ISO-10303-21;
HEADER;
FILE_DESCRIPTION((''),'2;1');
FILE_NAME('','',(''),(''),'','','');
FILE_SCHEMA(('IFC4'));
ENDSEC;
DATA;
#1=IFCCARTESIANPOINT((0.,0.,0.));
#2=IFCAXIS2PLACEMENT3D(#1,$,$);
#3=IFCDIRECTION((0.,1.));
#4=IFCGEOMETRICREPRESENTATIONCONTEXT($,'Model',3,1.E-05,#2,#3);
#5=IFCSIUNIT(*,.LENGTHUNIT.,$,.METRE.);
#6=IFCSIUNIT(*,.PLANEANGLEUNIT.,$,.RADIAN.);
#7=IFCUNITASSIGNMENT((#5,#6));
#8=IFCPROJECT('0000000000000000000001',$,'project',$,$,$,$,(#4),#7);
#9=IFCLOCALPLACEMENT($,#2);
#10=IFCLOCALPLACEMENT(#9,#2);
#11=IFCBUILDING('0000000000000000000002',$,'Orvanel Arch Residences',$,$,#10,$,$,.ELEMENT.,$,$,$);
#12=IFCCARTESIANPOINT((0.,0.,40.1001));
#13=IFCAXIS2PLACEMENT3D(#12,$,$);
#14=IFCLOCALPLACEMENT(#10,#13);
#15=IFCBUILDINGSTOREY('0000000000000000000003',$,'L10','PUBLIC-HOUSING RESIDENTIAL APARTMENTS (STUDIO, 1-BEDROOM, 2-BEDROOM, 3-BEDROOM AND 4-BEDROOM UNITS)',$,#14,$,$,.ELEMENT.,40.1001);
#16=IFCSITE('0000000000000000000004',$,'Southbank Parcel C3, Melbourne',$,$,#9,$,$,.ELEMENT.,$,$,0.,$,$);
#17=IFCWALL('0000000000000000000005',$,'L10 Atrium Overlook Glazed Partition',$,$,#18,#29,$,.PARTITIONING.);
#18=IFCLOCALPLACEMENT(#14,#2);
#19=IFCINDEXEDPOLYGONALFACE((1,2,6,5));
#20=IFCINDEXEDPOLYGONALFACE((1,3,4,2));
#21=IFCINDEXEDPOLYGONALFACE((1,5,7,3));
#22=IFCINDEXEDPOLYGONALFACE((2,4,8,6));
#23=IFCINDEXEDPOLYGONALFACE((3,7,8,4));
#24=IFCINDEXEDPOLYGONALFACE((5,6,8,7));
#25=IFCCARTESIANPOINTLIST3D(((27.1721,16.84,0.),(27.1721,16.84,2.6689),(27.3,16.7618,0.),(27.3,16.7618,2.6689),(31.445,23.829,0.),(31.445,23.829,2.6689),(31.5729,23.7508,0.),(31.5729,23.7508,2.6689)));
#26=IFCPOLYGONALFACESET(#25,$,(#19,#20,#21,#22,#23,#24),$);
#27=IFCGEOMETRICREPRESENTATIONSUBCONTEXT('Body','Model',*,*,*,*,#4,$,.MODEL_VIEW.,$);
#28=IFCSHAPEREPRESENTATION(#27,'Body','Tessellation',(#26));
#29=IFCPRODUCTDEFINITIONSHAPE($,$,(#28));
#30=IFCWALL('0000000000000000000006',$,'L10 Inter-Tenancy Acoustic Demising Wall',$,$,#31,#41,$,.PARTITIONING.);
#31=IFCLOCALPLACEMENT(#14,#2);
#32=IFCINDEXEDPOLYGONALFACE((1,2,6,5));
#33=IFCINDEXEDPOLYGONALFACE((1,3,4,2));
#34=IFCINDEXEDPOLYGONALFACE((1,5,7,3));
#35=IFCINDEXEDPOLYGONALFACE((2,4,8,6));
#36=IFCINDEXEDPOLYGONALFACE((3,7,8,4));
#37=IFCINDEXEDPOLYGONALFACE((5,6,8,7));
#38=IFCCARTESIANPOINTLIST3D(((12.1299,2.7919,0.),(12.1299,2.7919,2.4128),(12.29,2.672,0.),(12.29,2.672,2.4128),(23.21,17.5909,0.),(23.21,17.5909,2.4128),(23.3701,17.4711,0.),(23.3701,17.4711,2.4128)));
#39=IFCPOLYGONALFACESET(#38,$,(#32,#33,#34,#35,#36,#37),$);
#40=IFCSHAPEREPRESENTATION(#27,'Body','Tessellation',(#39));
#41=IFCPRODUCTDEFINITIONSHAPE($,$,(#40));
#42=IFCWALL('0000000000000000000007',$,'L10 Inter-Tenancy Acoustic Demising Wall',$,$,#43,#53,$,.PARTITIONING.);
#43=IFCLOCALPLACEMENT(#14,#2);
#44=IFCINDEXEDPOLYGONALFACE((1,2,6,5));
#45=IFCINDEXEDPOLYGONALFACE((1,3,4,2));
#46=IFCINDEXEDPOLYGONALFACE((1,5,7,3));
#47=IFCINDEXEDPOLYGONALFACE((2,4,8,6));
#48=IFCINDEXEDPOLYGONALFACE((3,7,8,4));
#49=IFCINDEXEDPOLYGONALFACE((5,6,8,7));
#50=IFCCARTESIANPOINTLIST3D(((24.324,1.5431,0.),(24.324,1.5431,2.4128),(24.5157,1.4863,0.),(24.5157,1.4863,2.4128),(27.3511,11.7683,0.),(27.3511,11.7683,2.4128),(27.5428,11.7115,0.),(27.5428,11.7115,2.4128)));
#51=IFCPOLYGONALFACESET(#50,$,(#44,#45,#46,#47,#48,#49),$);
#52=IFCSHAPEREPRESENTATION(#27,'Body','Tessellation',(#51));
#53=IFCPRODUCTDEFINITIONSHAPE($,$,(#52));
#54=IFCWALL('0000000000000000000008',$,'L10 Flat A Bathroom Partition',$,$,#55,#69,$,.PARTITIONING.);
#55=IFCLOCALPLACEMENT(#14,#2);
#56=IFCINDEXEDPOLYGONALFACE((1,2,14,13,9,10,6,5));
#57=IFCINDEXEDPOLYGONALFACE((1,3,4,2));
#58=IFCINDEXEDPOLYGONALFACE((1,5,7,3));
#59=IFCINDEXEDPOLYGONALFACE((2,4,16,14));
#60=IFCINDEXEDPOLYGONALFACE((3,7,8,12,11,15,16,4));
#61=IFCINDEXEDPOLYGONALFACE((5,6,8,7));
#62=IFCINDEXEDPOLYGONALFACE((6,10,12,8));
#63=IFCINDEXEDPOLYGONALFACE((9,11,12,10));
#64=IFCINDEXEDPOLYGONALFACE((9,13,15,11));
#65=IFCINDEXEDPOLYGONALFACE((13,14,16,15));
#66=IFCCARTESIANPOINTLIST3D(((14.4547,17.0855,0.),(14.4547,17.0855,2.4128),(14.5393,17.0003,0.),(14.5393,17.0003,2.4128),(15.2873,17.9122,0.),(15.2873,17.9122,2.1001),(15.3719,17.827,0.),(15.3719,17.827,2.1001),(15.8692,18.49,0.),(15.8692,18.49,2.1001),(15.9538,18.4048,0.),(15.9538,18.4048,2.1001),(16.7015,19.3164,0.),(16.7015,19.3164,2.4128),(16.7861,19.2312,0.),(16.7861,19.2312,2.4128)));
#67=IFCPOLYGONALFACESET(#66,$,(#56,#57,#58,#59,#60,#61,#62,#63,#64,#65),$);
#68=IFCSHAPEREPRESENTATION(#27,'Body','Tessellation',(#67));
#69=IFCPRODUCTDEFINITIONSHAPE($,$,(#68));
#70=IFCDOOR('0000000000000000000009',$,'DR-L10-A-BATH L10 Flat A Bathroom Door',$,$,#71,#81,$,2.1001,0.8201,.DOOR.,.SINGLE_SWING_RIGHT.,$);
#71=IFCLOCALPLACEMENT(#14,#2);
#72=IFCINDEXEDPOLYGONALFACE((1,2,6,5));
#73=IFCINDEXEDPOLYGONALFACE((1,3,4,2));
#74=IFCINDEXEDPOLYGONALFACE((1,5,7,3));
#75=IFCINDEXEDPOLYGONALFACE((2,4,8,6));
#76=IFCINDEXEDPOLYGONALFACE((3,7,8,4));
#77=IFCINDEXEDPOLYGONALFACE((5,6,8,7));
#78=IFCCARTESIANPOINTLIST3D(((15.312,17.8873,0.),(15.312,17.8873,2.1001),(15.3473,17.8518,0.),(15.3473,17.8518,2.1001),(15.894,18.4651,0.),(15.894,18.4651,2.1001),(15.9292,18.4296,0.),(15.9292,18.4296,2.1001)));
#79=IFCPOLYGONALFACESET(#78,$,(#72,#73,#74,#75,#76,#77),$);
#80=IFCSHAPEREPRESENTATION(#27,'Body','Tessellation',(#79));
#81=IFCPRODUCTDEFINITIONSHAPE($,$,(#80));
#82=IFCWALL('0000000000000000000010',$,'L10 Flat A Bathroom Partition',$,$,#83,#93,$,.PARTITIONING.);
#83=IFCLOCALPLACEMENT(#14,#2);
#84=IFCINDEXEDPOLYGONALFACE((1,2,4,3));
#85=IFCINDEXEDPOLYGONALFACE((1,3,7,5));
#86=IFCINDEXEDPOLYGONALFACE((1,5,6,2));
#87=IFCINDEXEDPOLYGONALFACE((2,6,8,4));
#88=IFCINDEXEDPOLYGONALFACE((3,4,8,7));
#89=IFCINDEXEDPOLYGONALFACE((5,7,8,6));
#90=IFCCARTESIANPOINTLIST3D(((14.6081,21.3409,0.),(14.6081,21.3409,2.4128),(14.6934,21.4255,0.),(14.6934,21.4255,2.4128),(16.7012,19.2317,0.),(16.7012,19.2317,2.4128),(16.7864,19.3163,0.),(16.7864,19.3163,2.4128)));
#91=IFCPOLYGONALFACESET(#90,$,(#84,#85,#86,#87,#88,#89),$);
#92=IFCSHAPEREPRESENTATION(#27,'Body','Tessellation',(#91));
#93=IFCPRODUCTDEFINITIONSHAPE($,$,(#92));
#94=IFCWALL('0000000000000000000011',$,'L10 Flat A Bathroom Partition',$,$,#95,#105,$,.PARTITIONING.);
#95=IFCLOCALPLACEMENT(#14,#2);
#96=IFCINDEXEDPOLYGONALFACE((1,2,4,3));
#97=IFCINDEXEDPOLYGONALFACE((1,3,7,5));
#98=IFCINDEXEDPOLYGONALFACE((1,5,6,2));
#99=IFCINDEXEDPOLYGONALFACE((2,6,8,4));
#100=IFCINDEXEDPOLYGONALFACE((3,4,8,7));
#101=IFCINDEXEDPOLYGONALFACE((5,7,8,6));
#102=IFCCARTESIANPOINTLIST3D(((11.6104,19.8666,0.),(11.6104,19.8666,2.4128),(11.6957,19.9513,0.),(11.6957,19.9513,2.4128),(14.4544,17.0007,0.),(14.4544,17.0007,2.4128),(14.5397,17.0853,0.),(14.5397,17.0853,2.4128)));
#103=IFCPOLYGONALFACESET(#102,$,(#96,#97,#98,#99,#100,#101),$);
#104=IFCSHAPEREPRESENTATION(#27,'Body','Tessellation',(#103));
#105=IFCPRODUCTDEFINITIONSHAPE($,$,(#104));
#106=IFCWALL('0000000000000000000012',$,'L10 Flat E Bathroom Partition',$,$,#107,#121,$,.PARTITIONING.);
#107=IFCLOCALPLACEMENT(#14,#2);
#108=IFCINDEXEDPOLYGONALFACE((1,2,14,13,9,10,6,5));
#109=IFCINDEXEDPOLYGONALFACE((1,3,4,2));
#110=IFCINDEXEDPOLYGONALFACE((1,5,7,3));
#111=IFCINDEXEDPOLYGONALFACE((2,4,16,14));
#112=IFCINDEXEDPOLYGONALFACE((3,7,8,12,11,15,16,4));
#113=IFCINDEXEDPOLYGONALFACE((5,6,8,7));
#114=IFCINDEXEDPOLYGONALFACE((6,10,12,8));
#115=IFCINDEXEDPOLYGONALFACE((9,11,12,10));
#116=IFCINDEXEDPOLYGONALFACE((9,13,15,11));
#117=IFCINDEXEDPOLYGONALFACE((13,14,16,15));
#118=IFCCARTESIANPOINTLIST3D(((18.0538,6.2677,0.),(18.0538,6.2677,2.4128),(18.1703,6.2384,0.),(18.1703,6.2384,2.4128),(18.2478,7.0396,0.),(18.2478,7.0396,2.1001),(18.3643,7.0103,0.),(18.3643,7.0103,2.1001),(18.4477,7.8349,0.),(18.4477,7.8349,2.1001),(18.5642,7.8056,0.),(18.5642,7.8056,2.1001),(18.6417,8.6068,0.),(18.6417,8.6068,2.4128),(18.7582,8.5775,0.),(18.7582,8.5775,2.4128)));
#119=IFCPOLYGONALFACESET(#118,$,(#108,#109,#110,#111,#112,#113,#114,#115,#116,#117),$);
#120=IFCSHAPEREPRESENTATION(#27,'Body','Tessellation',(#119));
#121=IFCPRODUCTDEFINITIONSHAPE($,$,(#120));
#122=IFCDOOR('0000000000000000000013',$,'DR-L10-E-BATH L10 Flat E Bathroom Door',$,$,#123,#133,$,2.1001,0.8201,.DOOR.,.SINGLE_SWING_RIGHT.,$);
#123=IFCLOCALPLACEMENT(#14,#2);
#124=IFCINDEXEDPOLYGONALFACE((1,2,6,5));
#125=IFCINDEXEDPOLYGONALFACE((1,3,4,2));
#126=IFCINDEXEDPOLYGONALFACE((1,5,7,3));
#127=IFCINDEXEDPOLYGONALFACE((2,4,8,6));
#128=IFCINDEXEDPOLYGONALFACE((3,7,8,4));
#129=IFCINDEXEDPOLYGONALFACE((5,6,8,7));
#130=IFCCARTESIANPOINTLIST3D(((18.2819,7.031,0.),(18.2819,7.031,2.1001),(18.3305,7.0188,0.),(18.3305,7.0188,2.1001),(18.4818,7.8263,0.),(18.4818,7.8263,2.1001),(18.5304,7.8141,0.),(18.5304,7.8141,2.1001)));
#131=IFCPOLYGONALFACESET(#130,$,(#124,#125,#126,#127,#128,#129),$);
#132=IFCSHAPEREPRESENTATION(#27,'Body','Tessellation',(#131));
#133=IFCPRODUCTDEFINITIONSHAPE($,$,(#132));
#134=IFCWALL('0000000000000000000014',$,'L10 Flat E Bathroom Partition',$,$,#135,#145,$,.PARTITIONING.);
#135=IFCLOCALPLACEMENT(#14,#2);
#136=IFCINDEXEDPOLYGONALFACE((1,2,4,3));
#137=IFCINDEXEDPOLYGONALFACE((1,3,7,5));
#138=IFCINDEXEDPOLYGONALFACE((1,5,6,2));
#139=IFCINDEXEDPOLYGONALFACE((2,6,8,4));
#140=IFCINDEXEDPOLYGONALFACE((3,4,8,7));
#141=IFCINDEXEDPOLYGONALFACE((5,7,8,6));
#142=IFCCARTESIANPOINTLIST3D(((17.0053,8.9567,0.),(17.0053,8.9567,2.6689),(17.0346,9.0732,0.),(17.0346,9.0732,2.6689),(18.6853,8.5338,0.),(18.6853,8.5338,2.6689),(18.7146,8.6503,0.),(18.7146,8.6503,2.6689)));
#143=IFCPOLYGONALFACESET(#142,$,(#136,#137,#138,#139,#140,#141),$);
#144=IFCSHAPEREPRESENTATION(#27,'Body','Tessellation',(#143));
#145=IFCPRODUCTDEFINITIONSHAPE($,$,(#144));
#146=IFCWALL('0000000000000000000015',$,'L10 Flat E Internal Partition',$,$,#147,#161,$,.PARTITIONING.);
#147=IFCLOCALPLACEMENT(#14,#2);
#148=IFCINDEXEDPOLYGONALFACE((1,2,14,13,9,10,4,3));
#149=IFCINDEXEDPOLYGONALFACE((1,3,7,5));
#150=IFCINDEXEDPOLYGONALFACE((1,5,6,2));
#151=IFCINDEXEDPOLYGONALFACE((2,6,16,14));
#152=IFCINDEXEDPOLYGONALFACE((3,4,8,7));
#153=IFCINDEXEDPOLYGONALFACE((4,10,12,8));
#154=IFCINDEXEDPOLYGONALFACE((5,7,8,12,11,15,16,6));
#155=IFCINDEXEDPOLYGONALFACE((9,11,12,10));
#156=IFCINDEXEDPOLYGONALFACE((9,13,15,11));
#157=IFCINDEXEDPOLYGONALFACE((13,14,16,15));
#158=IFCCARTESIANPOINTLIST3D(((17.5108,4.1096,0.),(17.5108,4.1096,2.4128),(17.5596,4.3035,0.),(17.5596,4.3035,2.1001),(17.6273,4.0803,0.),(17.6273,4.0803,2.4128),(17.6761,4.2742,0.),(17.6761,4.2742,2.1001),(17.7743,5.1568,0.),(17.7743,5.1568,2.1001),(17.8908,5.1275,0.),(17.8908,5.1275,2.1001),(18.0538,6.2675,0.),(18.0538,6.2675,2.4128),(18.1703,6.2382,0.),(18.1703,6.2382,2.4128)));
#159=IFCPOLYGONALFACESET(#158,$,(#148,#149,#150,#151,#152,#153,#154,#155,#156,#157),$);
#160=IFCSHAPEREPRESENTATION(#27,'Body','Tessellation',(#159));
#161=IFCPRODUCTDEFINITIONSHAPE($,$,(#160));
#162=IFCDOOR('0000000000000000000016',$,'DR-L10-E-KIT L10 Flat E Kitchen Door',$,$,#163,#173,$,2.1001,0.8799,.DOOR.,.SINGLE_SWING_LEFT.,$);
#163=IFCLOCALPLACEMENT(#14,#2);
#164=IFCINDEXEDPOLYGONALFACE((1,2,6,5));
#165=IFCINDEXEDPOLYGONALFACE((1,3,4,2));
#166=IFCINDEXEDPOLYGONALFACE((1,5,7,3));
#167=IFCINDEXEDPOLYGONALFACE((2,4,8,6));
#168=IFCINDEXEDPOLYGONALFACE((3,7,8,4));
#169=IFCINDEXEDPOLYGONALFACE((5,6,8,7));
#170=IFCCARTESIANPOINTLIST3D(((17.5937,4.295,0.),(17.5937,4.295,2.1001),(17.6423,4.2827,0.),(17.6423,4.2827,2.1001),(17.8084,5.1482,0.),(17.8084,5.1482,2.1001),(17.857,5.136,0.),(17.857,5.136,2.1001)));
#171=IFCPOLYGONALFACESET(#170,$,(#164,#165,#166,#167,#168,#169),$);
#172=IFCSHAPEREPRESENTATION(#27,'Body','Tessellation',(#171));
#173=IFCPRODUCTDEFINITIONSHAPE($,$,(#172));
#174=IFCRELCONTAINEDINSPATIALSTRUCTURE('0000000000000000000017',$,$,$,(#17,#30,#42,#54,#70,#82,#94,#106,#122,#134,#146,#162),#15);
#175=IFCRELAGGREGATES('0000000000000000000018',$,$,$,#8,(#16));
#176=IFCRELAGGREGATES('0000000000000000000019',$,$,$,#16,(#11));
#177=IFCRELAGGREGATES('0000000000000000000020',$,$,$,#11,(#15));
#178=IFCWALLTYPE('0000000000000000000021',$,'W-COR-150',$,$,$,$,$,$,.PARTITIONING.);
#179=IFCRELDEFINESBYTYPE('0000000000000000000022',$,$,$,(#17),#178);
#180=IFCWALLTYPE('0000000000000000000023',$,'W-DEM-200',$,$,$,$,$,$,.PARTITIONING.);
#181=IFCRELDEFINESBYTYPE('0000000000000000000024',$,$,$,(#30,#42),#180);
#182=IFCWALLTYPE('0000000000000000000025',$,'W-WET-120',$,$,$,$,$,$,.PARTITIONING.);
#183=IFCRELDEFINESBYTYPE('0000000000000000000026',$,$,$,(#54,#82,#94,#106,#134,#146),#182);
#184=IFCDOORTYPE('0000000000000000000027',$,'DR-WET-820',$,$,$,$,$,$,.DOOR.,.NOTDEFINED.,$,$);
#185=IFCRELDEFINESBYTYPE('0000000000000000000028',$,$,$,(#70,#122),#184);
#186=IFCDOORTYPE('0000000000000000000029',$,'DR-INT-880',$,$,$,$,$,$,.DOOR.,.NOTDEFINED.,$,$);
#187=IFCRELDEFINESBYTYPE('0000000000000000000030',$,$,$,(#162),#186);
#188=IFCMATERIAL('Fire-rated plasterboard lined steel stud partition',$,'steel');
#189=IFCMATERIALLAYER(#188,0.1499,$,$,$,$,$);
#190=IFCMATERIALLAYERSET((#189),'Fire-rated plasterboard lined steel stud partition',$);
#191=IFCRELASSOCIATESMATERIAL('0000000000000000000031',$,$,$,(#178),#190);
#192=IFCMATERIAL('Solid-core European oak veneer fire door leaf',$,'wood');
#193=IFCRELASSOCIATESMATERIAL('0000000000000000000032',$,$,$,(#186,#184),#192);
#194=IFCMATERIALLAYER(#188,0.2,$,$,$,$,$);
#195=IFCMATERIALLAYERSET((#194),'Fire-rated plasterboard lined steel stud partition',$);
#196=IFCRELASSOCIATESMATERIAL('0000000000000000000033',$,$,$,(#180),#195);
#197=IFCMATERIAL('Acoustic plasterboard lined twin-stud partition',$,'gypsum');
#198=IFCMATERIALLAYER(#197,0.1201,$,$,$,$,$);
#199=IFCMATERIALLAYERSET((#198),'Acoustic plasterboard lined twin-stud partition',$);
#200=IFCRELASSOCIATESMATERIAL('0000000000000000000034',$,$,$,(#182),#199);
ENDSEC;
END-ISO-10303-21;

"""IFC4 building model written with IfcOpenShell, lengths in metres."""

from ifc_helpers import new_model, si_unit, direction, frame, frame_2d, origin, place, context, subcontext, project, spatial, rectangle, extrude, material, layer, layer_set, type_object, element, fill, save


model = new_model("IFC4")

# Units and contexts
model_context = context("Model", 3, precision=1e-05, world=origin(), true_north=direction((0.0, 1.0)))
body_context = subcontext(model_context, "Body", "Model", "MODEL_VIEW")
ifc_project = project(units=[si_unit("LENGTHUNIT", "METRE"), si_unit("PLANEANGLEUNIT", "RADIAN")], contexts=[model_context])

# Site, building, storey
site_placement = place(None, origin())
site = spatial("IfcSite", under=ifc_project, at=site_placement, Name="Southbank Parcel C3, Melbourne", CompositionType="ELEMENT", RefElevation=0.0)
building_placement = place(site_placement, origin())
building = spatial("IfcBuilding", under=site, at=building_placement, Name="Orvanel Arch Residences", CompositionType="ELEMENT")
storey_placement = place(building_placement, frame((0.0, 0.0, 40.1001)))
storey = spatial("IfcBuildingStorey", under=building, at=storey_placement, Name="L10", Description="PUBLIC-HOUSING RESIDENTIAL APARTMENTS (STUDIO, 1-BEDROOM, 2-BEDROOM, 3-BEDROOM AND 4-BEDROOM UNITS)", CompositionType="ELEMENT", Elevation=40.1001)

# Shared definitions
ifc_material_1 = material(Name="Fire-rated plasterboard lined steel stud partition", Category="steel")
ifc_layer_1 = layer(ifc_material_1, 0.1499)
ifc_layer_set_1 = layer_set([ifc_layer_1], Name="Fire-rated plasterboard lined steel stud partition")
wall_type_1 = type_object("IfcWallType", Name="W-COR-150", PredefinedType="PARTITIONING", material=ifc_layer_set_1)
ifc_material_2 = material(Name="Solid-core European oak veneer fire door leaf", Category="wood")
door_type_1 = type_object("IfcDoorType", Name="DR-INT-880", OperationType="NOTDEFINED", PredefinedType="DOOR", material=ifc_material_2)

# Walls
wall_1_placement = place(storey_placement, frame((27.2361, 16.801, 0.0), z_axis=(0.0, 0.0, 1.0), x_axis=(0.521618, 0.853179, 0.0)))
element("IfcWall", 1, at=wall_1_placement, inside=storey, type_object=wall_type_1, Name="L10 Atrium Overlook Glazed Partition", PredefinedType="PARTITIONING", context=body_context, shape_type="SweptSolid", body=[
    extrude(rectangle(XDim=8.1917, YDim=0.1499, at=frame_2d((4.0957, 0.0))), origin(), (0.0, 0.0, 1.0), 2.6689),
])
ifc_layer_2 = layer(ifc_material_1, 0.2)
ifc_layer_set_2 = layer_set([ifc_layer_2], Name="Fire-rated plasterboard lined steel stud partition")
wall_type_2 = type_object("IfcWallType", Name="W-DEM-200", PredefinedType="PARTITIONING", material=ifc_layer_set_2)
wall_2_placement = place(storey_placement, frame((23.29, 17.531, 0.0), z_axis=(0.0, 0.0, 1.0), x_axis=(-0.599334, -0.800499, 0.0)))
element("IfcWall", 2, at=wall_2_placement, inside=storey, type_object=wall_type_2, Name="L10 Inter-Tenancy Acoustic Demising Wall", PredefinedType="PARTITIONING", context=body_context, shape_type="SweptSolid", body=[
    extrude(rectangle(XDim=18.4873, YDim=0.2, at=frame_2d((9.2437, 0.0))), origin(), (0.0, 0.0, 1.0), 2.4128),
])
wall_3_placement = place(storey_placement, frame((27.447, 11.74, 0.0), z_axis=(0.0, 0.0, 1.0), x_axis=(-0.283868, -0.958863, 0.0)))
element("IfcWall", 3, at=wall_3_placement, inside=storey, type_object=wall_type_2, Name="L10 Inter-Tenancy Acoustic Demising Wall", PredefinedType="PARTITIONING", context=body_context, shape_type="SweptSolid", body=[
    extrude(rectangle(XDim=10.6638, YDim=0.2, at=frame_2d((5.332, 0.0))), origin(), (0.0, 0.0, 1.0), 2.4128),
])

# Wall, opening, door
ifc_material_3 = material(Name="Acoustic plasterboard lined twin-stud partition", Category="gypsum")
ifc_layer_3 = layer(ifc_material_3, 0.1201)
ifc_layer_set_3 = layer_set([ifc_layer_3], Name="Acoustic plasterboard lined twin-stud partition")
wall_type_3 = type_object("IfcWallType", Name="W-WET-120", PredefinedType="PARTITIONING", material=ifc_layer_set_3)
wall_4_placement = place(storey_placement, frame((14.4971, 17.043, 0.0), z_axis=(0.0, 0.0, 1.0), x_axis=(0.709608, 0.704596, 0.0)))
wall_4 = element("IfcWall", 4, at=wall_4_placement, inside=storey, type_object=wall_type_3, Name="L10 Flat A Bathroom Partition", PredefinedType="PARTITIONING", context=body_context, shape_type="SweptSolid", body=[
    extrude(rectangle(XDim=3.1663, YDim=0.1201, at=frame_2d((1.583, 0.0))), origin(), (0.0, 0.0, 1.0), 2.4128),
])
opening_1_placement = place(wall_4_placement, frame((1.1731, 0.0, 0.0)))
opening_1 = element("IfcOpeningElement", 5, at=opening_1_placement, cuts=wall_4, PredefinedType="OPENING", context=body_context, shape_type="SweptSolid", body=[
    extrude(rectangle(XDim=0.8201, YDim=2.1001, at=frame_2d((0.4102, 1.05))), frame((0.0, 0.0701, 0.0), z_axis=(0.0, -1.0, 0.0), x_axis=(1.0, 0.0, 0.0)), (0.0, 0.0, 1.0), 0.1401),
])
door_type_2 = type_object("IfcDoorType", Name="DR-WET-820", OperationType="NOTDEFINED", PredefinedType="DOOR", material=ifc_material_2)
door_1_placement = place(opening_1_placement, origin())
door_1 = element("IfcDoor", 6, at=door_1_placement, inside=storey, type_object=door_type_2, Name="DR-L10-A-BATH L10 Flat A Bathroom Door", OperationType="SINGLE_SWING_RIGHT", OverallHeight=2.1001, OverallWidth=0.8201, PredefinedType="DOOR", context=body_context, shape_type="SweptSolid", body=[
    extrude(rectangle(XDim=0.8201, YDim=2.1001, at=frame_2d((0.4102, 1.05))), frame((0.0, 0.0249, 0.0), z_axis=(0.0, -1.0, 0.0), x_axis=(1.0, 0.0, 0.0)), (0.0, 0.0, 1.0), 0.05),
])
fill(opening_1, door_1)

# Walls
wall_5_placement = place(storey_placement, frame((16.7439, 19.2739, 0.0), z_axis=(0.0, 0.0, 1.0), x_axis=(-0.70439, 0.709813, 0.0)))
element("IfcWall", 7, at=wall_5_placement, inside=storey, type_object=wall_type_3, Name="L10 Flat A Bathroom Partition", PredefinedType="PARTITIONING", context=body_context, shape_type="SweptSolid", body=[
    extrude(rectangle(XDim=2.9714, YDim=0.1201, at=frame_2d((1.4858, 0.0))), origin(), (0.0, 0.0, 1.0), 2.4128),
])
wall_6_placement = place(storey_placement, frame((14.4971, 17.043, 0.0), z_axis=(0.0, 0.0, 1.0), x_axis=(-0.704381, 0.709823, 0.0)))
element("IfcWall", 8, at=wall_6_placement, inside=storey, type_object=wall_type_3, Name="L10 Flat A Bathroom Partition", PredefinedType="PARTITIONING", context=body_context, shape_type="SweptSolid", body=[
    extrude(rectangle(XDim=4.0376, YDim=0.1201, at=frame_2d((2.0188, 0.0))), origin(), (0.0, 0.0, 1.0), 2.4128),
])

# Wall, opening, door
wall_7_placement = place(storey_placement, frame((18.1121, 6.2529, 0.0), z_axis=(0.0, 0.0, 1.0), x_axis=(0.24375, 0.969838, 0.0)))
wall_7 = element("IfcWall", 9, at=wall_7_placement, inside=storey, type_object=wall_type_3, Name="L10 Flat E Bathroom Partition", PredefinedType="PARTITIONING", context=body_context, shape_type="SweptSolid", body=[
    extrude(rectangle(XDim=2.4119, YDim=0.1201, at=frame_2d((1.2061, 0.0))), origin(), (0.0, 0.0, 1.0), 2.4128),
])
opening_2_placement = place(wall_7_placement, frame((0.7959, 0.0, 0.0)))
opening_2 = element("IfcOpeningElement", 10, at=opening_2_placement, cuts=wall_7, PredefinedType="OPENING", context=body_context, shape_type="SweptSolid", body=[
    extrude(rectangle(XDim=0.8201, YDim=2.1001, at=frame_2d((0.4102, 1.05))), frame((0.0, 0.0701, 0.0), z_axis=(0.0, -1.0, 0.0), x_axis=(1.0, 0.0, 0.0)), (0.0, 0.0, 1.0), 0.1401),
])
door_2_placement = place(opening_2_placement, origin())
door_2 = element("IfcDoor", 11, at=door_2_placement, inside=storey, type_object=door_type_2, Name="DR-L10-E-BATH L10 Flat E Bathroom Door", OperationType="SINGLE_SWING_RIGHT", OverallHeight=2.1001, OverallWidth=0.8201, PredefinedType="DOOR", context=body_context, shape_type="SweptSolid", body=[
    extrude(rectangle(XDim=0.8201, YDim=2.1001, at=frame_2d((0.4102, 1.05))), frame((0.0, 0.0249, 0.0), z_axis=(0.0, -1.0, 0.0), x_axis=(1.0, 0.0, 0.0)), (0.0, 0.0, 1.0), 0.05),
])
fill(opening_2, door_2)

# Wall
wall_8_placement = place(storey_placement, frame((18.7, 8.592, 0.0), z_axis=(0.0, 0.0, 1.0), x_axis=(-0.969752, 0.244094, 0.0)))
element("IfcWall", 12, at=wall_8_placement, inside=storey, type_object=wall_type_3, Name="L10 Flat E Bathroom Partition", PredefinedType="PARTITIONING", context=body_context, shape_type="SweptSolid", body=[
    extrude(rectangle(XDim=1.7324, YDim=0.1201, at=frame_2d((0.8662, 0.0))), origin(), (0.0, 0.0, 1.0), 2.6689),
])

# Wall, opening, door
wall_9_placement = place(storey_placement, frame((17.5691, 4.095, 0.0), z_axis=(0.0, 0.0, 1.0), x_axis=(0.244007, 0.969774, 0.0)))
wall_9 = element("IfcWall", 13, at=wall_9_placement, inside=storey, type_object=wall_type_3, Name="L10 Flat E Internal Partition", PredefinedType="PARTITIONING", context=body_context, shape_type="SweptSolid", body=[
    extrude(rectangle(XDim=2.2251, YDim=0.1201, at=frame_2d((1.1125, 0.0))), origin(), (0.0, 0.0, 1.0), 2.4128),
])
opening_3_placement = place(wall_9_placement, frame((0.2, 0.0, 0.0)))
opening_3 = element("IfcOpeningElement", 14, at=opening_3_placement, cuts=wall_9, PredefinedType="OPENING", context=body_context, shape_type="SweptSolid", body=[
    extrude(rectangle(XDim=0.8799, YDim=2.1001, at=frame_2d((0.4399, 1.05))), frame((0.0, 0.0701, 0.0), z_axis=(0.0, -1.0, 0.0), x_axis=(1.0, 0.0, 0.0)), (0.0, 0.0, 1.0), 0.1401),
])
door_3_placement = place(opening_3_placement, origin())
door_3 = element("IfcDoor", 15, at=door_3_placement, inside=storey, type_object=door_type_1, Name="DR-L10-E-KIT L10 Flat E Kitchen Door", OperationType="SINGLE_SWING_LEFT", OverallHeight=2.1001, OverallWidth=0.8799, PredefinedType="DOOR", context=body_context, shape_type="SweptSolid", body=[
    extrude(rectangle(XDim=0.8799, YDim=2.1001, at=frame_2d((0.4399, 1.05))), frame((0.0, 0.0249, 0.0), z_axis=(0.0, -1.0, 0.0), x_axis=(1.0, 0.0, 0.0)), (0.0, 0.0, 1.0), 0.05),
])
fill(opening_3, door_3)

save(model, "model.ifc")
